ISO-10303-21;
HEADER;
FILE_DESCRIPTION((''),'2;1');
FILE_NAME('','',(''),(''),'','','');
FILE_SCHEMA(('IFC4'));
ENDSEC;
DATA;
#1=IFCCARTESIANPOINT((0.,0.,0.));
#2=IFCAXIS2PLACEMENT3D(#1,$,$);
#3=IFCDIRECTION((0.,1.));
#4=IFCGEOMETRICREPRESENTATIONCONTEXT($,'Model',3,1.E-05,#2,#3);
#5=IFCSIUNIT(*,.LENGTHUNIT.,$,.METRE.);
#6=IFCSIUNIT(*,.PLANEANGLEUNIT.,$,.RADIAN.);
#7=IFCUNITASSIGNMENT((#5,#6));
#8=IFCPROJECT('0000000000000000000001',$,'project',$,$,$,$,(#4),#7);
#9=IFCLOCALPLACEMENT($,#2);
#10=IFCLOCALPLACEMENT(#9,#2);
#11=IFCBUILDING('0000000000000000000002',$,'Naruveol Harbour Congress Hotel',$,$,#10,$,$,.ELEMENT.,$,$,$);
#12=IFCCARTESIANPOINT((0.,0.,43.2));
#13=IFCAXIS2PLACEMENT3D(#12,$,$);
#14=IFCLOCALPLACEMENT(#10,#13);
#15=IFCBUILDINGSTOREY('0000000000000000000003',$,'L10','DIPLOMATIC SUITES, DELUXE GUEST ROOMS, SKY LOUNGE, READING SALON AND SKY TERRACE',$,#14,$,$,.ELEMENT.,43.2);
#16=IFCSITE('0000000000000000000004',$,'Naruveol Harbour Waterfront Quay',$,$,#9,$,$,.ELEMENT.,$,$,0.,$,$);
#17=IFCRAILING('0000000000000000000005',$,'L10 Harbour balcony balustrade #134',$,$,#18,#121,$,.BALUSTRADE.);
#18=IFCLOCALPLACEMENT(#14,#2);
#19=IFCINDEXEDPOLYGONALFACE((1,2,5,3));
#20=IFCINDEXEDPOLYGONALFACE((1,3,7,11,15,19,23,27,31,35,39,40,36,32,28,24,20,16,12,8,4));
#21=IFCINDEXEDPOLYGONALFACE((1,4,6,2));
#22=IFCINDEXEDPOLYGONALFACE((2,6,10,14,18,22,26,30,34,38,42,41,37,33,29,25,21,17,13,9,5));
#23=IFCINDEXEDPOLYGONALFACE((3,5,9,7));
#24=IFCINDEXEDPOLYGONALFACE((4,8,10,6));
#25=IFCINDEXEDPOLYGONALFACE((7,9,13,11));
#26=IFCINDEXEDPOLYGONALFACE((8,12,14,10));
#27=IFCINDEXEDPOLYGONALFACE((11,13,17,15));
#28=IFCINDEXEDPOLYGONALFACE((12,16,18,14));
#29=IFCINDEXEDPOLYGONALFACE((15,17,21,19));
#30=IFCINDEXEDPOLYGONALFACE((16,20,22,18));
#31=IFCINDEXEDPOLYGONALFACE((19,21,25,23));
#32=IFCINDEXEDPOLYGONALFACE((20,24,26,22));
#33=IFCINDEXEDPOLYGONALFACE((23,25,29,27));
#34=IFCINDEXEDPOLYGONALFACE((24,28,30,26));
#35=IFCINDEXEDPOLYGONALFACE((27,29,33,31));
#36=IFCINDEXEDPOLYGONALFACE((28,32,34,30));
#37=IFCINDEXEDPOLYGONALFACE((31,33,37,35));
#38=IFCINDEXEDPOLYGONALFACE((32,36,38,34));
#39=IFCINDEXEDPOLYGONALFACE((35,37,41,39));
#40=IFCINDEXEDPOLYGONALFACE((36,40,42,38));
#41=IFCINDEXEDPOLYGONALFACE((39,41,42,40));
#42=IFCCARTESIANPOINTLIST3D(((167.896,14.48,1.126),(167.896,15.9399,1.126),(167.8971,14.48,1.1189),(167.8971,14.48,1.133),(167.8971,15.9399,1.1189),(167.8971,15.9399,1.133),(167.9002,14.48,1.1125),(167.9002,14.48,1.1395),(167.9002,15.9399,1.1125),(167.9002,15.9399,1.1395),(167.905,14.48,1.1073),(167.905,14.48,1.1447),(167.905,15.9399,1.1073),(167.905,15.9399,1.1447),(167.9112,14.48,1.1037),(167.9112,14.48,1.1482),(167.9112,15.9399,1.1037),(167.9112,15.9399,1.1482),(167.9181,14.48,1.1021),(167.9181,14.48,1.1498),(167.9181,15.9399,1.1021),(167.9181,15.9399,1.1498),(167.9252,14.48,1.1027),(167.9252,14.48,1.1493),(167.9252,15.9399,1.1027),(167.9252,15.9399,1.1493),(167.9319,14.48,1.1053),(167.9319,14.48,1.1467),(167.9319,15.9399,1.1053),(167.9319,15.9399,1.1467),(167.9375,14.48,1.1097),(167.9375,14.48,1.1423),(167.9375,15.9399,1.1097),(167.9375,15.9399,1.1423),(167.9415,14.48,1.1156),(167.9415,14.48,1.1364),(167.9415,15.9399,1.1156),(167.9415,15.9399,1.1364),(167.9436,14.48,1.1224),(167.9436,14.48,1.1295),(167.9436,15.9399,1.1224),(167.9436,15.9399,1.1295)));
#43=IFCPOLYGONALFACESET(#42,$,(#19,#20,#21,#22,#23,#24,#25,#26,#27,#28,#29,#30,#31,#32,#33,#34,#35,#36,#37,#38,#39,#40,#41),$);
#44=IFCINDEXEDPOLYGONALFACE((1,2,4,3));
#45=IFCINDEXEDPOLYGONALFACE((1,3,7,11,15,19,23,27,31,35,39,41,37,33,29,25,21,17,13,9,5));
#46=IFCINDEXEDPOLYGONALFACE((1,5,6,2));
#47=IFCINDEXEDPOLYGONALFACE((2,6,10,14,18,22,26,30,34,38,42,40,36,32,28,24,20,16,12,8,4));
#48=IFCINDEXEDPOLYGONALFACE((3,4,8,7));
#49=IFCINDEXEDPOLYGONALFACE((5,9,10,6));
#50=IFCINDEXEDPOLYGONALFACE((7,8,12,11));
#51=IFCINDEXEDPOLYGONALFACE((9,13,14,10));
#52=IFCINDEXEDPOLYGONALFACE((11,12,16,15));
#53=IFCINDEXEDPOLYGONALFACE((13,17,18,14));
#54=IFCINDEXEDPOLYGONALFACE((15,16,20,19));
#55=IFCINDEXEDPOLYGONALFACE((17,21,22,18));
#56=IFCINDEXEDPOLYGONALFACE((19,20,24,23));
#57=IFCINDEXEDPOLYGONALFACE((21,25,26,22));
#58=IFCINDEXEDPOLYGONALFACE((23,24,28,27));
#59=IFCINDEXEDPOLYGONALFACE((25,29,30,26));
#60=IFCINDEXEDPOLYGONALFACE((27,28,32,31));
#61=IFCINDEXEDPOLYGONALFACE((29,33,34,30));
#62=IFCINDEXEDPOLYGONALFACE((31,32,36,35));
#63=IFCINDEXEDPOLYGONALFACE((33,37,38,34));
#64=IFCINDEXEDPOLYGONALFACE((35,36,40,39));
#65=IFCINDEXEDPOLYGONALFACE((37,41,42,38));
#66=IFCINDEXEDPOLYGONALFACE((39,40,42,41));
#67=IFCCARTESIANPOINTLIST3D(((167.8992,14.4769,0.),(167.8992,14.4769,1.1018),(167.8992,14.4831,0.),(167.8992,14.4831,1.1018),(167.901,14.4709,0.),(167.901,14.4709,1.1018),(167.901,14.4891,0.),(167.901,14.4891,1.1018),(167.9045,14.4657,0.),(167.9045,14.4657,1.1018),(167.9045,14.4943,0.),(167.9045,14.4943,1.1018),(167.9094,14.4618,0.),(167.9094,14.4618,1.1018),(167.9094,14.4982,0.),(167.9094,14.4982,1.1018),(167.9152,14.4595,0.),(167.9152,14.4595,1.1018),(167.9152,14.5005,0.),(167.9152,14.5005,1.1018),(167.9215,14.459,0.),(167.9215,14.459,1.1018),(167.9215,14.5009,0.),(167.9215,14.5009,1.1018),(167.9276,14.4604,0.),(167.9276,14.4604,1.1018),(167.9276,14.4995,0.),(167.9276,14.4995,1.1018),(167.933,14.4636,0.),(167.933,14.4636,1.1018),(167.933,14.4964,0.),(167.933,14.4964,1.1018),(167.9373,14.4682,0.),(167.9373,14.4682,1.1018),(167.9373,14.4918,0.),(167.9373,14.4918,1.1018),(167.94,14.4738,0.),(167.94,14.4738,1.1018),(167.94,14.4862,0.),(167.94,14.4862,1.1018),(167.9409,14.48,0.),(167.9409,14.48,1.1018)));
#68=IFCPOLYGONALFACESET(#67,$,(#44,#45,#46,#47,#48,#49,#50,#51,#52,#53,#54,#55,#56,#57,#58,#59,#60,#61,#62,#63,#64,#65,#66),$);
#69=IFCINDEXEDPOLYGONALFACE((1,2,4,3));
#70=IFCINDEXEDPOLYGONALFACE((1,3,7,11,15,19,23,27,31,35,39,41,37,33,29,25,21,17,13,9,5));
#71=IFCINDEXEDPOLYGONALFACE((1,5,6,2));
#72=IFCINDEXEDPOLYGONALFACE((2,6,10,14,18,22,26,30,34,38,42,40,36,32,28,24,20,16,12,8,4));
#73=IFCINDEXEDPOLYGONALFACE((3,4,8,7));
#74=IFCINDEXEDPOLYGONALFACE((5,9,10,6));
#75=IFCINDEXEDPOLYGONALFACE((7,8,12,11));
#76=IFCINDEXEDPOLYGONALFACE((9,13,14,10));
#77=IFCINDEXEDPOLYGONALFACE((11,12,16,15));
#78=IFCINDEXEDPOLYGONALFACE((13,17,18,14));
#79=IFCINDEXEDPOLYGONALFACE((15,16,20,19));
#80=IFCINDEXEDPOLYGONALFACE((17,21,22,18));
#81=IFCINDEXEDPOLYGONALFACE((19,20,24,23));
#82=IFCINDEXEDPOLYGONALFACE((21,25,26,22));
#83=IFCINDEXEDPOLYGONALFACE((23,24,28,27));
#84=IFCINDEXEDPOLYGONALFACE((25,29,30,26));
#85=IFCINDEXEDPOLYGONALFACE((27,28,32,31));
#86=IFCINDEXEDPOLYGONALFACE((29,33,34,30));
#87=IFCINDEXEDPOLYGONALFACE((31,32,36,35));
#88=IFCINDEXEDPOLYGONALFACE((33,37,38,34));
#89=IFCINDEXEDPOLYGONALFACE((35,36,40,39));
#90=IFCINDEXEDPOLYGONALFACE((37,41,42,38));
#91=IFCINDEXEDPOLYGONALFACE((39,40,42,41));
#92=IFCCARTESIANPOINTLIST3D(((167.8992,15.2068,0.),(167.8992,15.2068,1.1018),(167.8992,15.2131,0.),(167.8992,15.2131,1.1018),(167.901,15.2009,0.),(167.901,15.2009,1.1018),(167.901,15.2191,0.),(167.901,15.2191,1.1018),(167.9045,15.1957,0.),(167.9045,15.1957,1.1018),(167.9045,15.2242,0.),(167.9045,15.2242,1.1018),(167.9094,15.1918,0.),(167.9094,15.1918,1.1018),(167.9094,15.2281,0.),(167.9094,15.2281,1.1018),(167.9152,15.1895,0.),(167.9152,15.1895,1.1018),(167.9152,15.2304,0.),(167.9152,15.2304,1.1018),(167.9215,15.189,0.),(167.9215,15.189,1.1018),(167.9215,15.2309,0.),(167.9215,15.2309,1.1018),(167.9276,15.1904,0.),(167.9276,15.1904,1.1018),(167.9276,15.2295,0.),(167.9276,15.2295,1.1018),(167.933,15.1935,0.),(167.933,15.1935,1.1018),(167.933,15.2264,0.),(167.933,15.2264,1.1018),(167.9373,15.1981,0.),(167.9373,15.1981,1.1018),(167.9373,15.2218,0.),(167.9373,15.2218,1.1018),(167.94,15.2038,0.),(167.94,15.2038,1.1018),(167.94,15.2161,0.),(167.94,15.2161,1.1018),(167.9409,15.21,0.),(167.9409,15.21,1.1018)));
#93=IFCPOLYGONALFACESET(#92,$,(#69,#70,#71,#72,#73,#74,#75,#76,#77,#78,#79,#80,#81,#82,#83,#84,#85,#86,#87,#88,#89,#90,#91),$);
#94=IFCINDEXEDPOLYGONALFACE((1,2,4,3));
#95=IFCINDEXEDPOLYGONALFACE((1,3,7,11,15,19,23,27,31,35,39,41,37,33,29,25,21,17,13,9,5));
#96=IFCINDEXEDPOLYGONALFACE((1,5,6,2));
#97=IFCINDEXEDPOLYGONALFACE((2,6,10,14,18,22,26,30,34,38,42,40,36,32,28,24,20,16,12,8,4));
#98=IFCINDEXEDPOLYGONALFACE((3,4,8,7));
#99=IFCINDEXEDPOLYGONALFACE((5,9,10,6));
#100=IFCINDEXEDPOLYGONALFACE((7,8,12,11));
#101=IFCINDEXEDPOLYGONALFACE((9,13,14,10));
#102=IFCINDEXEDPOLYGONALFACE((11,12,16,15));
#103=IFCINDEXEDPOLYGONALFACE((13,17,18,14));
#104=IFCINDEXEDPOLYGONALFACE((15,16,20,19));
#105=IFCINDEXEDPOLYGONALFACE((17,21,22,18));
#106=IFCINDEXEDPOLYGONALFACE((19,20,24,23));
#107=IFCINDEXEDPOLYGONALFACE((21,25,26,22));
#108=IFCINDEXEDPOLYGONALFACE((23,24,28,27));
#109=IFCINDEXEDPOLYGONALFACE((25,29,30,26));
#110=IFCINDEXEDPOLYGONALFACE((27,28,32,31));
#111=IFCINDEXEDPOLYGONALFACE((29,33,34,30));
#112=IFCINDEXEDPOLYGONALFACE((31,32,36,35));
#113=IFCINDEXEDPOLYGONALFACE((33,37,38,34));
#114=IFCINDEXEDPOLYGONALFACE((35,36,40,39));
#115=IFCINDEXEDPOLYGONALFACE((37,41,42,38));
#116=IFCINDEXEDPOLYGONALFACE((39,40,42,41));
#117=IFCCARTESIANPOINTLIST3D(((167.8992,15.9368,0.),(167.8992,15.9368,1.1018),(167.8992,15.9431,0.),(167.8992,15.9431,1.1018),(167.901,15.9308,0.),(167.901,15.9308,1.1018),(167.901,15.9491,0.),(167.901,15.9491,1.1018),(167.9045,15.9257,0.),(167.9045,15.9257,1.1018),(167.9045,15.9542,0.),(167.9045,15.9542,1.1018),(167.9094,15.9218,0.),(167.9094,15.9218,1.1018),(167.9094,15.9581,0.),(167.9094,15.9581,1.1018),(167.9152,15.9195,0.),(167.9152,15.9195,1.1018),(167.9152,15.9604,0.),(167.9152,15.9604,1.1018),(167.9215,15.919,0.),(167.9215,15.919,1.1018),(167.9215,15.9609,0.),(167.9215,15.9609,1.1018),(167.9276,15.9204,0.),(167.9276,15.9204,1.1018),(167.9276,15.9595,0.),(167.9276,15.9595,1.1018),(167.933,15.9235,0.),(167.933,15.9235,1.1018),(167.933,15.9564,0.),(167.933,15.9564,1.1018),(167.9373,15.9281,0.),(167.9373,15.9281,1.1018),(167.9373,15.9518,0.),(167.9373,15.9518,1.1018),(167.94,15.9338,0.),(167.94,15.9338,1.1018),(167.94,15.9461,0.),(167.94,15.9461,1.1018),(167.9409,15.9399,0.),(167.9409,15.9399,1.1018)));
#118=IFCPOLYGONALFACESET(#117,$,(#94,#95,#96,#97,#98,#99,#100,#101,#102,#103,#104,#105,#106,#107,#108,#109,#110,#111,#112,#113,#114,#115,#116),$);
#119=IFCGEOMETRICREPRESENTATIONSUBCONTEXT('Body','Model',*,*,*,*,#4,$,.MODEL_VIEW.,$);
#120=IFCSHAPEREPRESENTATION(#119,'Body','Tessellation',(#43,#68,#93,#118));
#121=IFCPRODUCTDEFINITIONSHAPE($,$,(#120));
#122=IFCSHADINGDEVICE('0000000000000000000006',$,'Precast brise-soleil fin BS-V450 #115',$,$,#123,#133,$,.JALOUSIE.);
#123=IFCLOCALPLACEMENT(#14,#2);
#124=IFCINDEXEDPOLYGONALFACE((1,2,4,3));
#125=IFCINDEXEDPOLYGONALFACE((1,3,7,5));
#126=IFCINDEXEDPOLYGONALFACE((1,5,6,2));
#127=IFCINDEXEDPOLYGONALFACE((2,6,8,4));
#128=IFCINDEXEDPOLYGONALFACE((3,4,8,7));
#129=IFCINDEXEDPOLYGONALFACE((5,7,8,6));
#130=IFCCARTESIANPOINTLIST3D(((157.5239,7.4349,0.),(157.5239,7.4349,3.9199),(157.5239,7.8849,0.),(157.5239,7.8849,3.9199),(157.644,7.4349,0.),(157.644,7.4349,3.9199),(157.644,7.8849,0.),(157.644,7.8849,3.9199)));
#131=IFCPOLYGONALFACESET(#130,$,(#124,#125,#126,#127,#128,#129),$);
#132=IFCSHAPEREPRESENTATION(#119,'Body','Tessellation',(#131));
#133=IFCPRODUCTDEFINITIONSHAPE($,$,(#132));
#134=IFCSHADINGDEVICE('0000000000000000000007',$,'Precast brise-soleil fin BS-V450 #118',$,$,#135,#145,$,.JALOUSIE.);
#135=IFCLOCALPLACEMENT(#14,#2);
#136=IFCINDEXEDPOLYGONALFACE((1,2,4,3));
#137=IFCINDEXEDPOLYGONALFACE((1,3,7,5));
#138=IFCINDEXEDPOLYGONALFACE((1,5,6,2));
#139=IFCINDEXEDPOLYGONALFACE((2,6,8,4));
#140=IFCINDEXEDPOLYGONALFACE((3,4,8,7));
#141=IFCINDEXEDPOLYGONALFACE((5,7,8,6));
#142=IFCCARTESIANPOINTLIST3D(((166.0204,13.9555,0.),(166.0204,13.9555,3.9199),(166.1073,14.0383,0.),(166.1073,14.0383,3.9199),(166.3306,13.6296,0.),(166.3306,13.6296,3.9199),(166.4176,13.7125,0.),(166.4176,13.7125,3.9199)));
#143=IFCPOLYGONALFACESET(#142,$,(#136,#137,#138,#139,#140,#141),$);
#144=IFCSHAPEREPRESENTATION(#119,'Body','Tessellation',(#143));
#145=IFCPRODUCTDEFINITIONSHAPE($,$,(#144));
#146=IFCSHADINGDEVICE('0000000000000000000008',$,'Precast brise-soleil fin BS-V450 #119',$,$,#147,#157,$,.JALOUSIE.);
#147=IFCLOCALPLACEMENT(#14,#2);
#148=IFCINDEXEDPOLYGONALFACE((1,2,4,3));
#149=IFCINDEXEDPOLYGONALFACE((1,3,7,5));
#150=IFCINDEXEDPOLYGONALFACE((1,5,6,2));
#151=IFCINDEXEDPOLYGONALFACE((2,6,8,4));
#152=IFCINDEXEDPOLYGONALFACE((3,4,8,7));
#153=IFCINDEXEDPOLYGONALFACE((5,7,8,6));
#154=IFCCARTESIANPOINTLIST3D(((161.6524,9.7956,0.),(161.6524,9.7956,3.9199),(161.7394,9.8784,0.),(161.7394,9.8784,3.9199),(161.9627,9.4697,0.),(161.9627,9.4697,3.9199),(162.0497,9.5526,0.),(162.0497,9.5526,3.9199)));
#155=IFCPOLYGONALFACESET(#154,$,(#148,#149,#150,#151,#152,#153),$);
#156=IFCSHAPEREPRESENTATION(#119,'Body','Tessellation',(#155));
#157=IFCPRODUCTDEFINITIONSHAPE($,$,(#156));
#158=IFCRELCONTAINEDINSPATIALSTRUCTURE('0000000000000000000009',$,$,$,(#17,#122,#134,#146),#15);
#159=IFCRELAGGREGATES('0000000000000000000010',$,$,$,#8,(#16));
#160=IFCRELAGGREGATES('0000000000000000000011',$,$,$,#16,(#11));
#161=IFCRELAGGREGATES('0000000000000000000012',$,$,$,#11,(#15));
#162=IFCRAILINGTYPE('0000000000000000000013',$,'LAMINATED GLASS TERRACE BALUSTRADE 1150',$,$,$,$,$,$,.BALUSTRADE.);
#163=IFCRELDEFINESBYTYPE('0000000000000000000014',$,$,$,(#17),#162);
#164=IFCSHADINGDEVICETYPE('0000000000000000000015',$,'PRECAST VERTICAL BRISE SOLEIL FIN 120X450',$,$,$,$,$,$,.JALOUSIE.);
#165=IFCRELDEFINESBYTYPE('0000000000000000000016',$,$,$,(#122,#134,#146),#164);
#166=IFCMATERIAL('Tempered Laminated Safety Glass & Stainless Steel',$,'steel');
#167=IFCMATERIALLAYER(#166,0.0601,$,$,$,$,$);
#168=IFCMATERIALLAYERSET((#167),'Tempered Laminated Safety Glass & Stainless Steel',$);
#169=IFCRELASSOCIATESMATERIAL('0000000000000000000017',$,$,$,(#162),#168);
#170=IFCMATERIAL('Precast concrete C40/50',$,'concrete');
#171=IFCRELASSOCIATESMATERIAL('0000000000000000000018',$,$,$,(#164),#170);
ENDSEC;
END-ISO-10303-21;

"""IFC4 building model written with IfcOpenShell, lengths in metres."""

from ifc_helpers import new_model, si_unit, direction, frame, origin, origin_2d, place, context, subcontext, project, spatial, rectangle, circle, extrude, material, layer, layer_set, type_object, element, save


model = new_model("IFC4")

# Units and contexts
model_context = context("Model", 3, precision=1e-05, world=origin(), true_north=direction((0.0, 1.0)))
body_context = subcontext(model_context, "Body", "Model", "MODEL_VIEW")
ifc_project = project(units=[si_unit("LENGTHUNIT", "METRE"), si_unit("PLANEANGLEUNIT", "RADIAN")], contexts=[model_context])

# Site, building, storey
site_placement = place(None, origin())
site = spatial("IfcSite", under=ifc_project, at=site_placement, Name="Naruveol Harbour Waterfront Quay", CompositionType="ELEMENT", RefElevation=0.0)
building_placement = place(site_placement, origin())
building = spatial("IfcBuilding", under=site, at=building_placement, Name="Naruveol Harbour Congress Hotel", CompositionType="ELEMENT")
storey_placement = place(building_placement, frame((0.0, 0.0, 43.2)))
storey = spatial("IfcBuildingStorey", under=building, at=storey_placement, Name="L10", Description="DIPLOMATIC SUITES, DELUXE GUEST ROOMS, SKY LOUNGE, READING SALON AND SKY TERRACE", CompositionType="ELEMENT", Elevation=43.2)

# Railing
ifc_material_1 = material(Name="Tempered Laminated Safety Glass & Stainless Steel", Category="steel")
ifc_layer_1 = layer(ifc_material_1, 0.0601)
ifc_layer_set_1 = layer_set([ifc_layer_1], Name="Tempered Laminated Safety Glass & Stainless Steel")
railing_type = type_object("IfcRailingType", Name="LAMINATED GLASS TERRACE BALUSTRADE 1150", PredefinedType="BALUSTRADE", material=ifc_layer_set_1)
railing_1_placement = place(storey_placement, frame((167.9199, 14.48, 0.0)))
element("IfcRailing", 1, at=railing_1_placement, inside=storey, type_object=railing_type, Name="L10 Harbour balcony balustrade #134", PredefinedType="BALUSTRADE", context=body_context, shape_type="SweptSolid", body=[
    extrude(circle(Radius=0.0239, at=origin_2d()), frame((0.0, 0.0, 1.126), z_axis=(0.0, 1.0, 0.0), x_axis=(-1.0, 0.0, 0.0)), (0.0, 0.0, 1.0), 1.46),
    extrude(circle(Radius=0.021, at=origin_2d()), origin(), (0.0, 0.0, 1.0), 1.1018),
    extrude(circle(Radius=0.021, at=origin_2d()), frame((0.0, 0.73, 0.0)), (0.0, 0.0, 1.0), 1.1018),
    extrude(circle(Radius=0.021, at=origin_2d()), frame((0.0, 1.46, 0.0)), (0.0, 0.0, 1.0), 1.1018),
])

# Shading devices
ifc_material_2 = material(Name="Precast concrete C40/50", Category="concrete")
shading_device_type = type_object("IfcShadingDeviceType", Name="PRECAST VERTICAL BRISE SOLEIL FIN 120X450", PredefinedType="JALOUSIE", material=ifc_material_2)
for number, where, z_axis, x_axis, name in (
    (2, (157.584, 7.6599, 0.0), (0.0, 0.0, 1.0), (-1.0, 0.0, 0.0), "Precast brise-soleil fin BS-V450 #115"),
    (3, (166.219, 13.834, 0.0), (0.0, 0.0, 1.0), (-0.724172, -0.68962, 0.0), "Precast brise-soleil fin BS-V450 #118"),
    (4, (161.8511, 9.6741, 0.0), (0.0, 0.0, 1.0), (-0.724172, -0.68962, 0.0), "Precast brise-soleil fin BS-V450 #119"),
):
    element("IfcShadingDevice", number, at=place(storey_placement, frame(where, z_axis=z_axis, x_axis=x_axis)), inside=storey, type_object=shading_device_type, Name=name, PredefinedType="JALOUSIE", context=body_context, shape_type="SweptSolid", body=[
        extrude(rectangle(XDim=0.1201, YDim=0.45, at=origin_2d()), origin(), (0.0, 0.0, 1.0), 3.9199),
    ])

save(model, "model.ifc")
